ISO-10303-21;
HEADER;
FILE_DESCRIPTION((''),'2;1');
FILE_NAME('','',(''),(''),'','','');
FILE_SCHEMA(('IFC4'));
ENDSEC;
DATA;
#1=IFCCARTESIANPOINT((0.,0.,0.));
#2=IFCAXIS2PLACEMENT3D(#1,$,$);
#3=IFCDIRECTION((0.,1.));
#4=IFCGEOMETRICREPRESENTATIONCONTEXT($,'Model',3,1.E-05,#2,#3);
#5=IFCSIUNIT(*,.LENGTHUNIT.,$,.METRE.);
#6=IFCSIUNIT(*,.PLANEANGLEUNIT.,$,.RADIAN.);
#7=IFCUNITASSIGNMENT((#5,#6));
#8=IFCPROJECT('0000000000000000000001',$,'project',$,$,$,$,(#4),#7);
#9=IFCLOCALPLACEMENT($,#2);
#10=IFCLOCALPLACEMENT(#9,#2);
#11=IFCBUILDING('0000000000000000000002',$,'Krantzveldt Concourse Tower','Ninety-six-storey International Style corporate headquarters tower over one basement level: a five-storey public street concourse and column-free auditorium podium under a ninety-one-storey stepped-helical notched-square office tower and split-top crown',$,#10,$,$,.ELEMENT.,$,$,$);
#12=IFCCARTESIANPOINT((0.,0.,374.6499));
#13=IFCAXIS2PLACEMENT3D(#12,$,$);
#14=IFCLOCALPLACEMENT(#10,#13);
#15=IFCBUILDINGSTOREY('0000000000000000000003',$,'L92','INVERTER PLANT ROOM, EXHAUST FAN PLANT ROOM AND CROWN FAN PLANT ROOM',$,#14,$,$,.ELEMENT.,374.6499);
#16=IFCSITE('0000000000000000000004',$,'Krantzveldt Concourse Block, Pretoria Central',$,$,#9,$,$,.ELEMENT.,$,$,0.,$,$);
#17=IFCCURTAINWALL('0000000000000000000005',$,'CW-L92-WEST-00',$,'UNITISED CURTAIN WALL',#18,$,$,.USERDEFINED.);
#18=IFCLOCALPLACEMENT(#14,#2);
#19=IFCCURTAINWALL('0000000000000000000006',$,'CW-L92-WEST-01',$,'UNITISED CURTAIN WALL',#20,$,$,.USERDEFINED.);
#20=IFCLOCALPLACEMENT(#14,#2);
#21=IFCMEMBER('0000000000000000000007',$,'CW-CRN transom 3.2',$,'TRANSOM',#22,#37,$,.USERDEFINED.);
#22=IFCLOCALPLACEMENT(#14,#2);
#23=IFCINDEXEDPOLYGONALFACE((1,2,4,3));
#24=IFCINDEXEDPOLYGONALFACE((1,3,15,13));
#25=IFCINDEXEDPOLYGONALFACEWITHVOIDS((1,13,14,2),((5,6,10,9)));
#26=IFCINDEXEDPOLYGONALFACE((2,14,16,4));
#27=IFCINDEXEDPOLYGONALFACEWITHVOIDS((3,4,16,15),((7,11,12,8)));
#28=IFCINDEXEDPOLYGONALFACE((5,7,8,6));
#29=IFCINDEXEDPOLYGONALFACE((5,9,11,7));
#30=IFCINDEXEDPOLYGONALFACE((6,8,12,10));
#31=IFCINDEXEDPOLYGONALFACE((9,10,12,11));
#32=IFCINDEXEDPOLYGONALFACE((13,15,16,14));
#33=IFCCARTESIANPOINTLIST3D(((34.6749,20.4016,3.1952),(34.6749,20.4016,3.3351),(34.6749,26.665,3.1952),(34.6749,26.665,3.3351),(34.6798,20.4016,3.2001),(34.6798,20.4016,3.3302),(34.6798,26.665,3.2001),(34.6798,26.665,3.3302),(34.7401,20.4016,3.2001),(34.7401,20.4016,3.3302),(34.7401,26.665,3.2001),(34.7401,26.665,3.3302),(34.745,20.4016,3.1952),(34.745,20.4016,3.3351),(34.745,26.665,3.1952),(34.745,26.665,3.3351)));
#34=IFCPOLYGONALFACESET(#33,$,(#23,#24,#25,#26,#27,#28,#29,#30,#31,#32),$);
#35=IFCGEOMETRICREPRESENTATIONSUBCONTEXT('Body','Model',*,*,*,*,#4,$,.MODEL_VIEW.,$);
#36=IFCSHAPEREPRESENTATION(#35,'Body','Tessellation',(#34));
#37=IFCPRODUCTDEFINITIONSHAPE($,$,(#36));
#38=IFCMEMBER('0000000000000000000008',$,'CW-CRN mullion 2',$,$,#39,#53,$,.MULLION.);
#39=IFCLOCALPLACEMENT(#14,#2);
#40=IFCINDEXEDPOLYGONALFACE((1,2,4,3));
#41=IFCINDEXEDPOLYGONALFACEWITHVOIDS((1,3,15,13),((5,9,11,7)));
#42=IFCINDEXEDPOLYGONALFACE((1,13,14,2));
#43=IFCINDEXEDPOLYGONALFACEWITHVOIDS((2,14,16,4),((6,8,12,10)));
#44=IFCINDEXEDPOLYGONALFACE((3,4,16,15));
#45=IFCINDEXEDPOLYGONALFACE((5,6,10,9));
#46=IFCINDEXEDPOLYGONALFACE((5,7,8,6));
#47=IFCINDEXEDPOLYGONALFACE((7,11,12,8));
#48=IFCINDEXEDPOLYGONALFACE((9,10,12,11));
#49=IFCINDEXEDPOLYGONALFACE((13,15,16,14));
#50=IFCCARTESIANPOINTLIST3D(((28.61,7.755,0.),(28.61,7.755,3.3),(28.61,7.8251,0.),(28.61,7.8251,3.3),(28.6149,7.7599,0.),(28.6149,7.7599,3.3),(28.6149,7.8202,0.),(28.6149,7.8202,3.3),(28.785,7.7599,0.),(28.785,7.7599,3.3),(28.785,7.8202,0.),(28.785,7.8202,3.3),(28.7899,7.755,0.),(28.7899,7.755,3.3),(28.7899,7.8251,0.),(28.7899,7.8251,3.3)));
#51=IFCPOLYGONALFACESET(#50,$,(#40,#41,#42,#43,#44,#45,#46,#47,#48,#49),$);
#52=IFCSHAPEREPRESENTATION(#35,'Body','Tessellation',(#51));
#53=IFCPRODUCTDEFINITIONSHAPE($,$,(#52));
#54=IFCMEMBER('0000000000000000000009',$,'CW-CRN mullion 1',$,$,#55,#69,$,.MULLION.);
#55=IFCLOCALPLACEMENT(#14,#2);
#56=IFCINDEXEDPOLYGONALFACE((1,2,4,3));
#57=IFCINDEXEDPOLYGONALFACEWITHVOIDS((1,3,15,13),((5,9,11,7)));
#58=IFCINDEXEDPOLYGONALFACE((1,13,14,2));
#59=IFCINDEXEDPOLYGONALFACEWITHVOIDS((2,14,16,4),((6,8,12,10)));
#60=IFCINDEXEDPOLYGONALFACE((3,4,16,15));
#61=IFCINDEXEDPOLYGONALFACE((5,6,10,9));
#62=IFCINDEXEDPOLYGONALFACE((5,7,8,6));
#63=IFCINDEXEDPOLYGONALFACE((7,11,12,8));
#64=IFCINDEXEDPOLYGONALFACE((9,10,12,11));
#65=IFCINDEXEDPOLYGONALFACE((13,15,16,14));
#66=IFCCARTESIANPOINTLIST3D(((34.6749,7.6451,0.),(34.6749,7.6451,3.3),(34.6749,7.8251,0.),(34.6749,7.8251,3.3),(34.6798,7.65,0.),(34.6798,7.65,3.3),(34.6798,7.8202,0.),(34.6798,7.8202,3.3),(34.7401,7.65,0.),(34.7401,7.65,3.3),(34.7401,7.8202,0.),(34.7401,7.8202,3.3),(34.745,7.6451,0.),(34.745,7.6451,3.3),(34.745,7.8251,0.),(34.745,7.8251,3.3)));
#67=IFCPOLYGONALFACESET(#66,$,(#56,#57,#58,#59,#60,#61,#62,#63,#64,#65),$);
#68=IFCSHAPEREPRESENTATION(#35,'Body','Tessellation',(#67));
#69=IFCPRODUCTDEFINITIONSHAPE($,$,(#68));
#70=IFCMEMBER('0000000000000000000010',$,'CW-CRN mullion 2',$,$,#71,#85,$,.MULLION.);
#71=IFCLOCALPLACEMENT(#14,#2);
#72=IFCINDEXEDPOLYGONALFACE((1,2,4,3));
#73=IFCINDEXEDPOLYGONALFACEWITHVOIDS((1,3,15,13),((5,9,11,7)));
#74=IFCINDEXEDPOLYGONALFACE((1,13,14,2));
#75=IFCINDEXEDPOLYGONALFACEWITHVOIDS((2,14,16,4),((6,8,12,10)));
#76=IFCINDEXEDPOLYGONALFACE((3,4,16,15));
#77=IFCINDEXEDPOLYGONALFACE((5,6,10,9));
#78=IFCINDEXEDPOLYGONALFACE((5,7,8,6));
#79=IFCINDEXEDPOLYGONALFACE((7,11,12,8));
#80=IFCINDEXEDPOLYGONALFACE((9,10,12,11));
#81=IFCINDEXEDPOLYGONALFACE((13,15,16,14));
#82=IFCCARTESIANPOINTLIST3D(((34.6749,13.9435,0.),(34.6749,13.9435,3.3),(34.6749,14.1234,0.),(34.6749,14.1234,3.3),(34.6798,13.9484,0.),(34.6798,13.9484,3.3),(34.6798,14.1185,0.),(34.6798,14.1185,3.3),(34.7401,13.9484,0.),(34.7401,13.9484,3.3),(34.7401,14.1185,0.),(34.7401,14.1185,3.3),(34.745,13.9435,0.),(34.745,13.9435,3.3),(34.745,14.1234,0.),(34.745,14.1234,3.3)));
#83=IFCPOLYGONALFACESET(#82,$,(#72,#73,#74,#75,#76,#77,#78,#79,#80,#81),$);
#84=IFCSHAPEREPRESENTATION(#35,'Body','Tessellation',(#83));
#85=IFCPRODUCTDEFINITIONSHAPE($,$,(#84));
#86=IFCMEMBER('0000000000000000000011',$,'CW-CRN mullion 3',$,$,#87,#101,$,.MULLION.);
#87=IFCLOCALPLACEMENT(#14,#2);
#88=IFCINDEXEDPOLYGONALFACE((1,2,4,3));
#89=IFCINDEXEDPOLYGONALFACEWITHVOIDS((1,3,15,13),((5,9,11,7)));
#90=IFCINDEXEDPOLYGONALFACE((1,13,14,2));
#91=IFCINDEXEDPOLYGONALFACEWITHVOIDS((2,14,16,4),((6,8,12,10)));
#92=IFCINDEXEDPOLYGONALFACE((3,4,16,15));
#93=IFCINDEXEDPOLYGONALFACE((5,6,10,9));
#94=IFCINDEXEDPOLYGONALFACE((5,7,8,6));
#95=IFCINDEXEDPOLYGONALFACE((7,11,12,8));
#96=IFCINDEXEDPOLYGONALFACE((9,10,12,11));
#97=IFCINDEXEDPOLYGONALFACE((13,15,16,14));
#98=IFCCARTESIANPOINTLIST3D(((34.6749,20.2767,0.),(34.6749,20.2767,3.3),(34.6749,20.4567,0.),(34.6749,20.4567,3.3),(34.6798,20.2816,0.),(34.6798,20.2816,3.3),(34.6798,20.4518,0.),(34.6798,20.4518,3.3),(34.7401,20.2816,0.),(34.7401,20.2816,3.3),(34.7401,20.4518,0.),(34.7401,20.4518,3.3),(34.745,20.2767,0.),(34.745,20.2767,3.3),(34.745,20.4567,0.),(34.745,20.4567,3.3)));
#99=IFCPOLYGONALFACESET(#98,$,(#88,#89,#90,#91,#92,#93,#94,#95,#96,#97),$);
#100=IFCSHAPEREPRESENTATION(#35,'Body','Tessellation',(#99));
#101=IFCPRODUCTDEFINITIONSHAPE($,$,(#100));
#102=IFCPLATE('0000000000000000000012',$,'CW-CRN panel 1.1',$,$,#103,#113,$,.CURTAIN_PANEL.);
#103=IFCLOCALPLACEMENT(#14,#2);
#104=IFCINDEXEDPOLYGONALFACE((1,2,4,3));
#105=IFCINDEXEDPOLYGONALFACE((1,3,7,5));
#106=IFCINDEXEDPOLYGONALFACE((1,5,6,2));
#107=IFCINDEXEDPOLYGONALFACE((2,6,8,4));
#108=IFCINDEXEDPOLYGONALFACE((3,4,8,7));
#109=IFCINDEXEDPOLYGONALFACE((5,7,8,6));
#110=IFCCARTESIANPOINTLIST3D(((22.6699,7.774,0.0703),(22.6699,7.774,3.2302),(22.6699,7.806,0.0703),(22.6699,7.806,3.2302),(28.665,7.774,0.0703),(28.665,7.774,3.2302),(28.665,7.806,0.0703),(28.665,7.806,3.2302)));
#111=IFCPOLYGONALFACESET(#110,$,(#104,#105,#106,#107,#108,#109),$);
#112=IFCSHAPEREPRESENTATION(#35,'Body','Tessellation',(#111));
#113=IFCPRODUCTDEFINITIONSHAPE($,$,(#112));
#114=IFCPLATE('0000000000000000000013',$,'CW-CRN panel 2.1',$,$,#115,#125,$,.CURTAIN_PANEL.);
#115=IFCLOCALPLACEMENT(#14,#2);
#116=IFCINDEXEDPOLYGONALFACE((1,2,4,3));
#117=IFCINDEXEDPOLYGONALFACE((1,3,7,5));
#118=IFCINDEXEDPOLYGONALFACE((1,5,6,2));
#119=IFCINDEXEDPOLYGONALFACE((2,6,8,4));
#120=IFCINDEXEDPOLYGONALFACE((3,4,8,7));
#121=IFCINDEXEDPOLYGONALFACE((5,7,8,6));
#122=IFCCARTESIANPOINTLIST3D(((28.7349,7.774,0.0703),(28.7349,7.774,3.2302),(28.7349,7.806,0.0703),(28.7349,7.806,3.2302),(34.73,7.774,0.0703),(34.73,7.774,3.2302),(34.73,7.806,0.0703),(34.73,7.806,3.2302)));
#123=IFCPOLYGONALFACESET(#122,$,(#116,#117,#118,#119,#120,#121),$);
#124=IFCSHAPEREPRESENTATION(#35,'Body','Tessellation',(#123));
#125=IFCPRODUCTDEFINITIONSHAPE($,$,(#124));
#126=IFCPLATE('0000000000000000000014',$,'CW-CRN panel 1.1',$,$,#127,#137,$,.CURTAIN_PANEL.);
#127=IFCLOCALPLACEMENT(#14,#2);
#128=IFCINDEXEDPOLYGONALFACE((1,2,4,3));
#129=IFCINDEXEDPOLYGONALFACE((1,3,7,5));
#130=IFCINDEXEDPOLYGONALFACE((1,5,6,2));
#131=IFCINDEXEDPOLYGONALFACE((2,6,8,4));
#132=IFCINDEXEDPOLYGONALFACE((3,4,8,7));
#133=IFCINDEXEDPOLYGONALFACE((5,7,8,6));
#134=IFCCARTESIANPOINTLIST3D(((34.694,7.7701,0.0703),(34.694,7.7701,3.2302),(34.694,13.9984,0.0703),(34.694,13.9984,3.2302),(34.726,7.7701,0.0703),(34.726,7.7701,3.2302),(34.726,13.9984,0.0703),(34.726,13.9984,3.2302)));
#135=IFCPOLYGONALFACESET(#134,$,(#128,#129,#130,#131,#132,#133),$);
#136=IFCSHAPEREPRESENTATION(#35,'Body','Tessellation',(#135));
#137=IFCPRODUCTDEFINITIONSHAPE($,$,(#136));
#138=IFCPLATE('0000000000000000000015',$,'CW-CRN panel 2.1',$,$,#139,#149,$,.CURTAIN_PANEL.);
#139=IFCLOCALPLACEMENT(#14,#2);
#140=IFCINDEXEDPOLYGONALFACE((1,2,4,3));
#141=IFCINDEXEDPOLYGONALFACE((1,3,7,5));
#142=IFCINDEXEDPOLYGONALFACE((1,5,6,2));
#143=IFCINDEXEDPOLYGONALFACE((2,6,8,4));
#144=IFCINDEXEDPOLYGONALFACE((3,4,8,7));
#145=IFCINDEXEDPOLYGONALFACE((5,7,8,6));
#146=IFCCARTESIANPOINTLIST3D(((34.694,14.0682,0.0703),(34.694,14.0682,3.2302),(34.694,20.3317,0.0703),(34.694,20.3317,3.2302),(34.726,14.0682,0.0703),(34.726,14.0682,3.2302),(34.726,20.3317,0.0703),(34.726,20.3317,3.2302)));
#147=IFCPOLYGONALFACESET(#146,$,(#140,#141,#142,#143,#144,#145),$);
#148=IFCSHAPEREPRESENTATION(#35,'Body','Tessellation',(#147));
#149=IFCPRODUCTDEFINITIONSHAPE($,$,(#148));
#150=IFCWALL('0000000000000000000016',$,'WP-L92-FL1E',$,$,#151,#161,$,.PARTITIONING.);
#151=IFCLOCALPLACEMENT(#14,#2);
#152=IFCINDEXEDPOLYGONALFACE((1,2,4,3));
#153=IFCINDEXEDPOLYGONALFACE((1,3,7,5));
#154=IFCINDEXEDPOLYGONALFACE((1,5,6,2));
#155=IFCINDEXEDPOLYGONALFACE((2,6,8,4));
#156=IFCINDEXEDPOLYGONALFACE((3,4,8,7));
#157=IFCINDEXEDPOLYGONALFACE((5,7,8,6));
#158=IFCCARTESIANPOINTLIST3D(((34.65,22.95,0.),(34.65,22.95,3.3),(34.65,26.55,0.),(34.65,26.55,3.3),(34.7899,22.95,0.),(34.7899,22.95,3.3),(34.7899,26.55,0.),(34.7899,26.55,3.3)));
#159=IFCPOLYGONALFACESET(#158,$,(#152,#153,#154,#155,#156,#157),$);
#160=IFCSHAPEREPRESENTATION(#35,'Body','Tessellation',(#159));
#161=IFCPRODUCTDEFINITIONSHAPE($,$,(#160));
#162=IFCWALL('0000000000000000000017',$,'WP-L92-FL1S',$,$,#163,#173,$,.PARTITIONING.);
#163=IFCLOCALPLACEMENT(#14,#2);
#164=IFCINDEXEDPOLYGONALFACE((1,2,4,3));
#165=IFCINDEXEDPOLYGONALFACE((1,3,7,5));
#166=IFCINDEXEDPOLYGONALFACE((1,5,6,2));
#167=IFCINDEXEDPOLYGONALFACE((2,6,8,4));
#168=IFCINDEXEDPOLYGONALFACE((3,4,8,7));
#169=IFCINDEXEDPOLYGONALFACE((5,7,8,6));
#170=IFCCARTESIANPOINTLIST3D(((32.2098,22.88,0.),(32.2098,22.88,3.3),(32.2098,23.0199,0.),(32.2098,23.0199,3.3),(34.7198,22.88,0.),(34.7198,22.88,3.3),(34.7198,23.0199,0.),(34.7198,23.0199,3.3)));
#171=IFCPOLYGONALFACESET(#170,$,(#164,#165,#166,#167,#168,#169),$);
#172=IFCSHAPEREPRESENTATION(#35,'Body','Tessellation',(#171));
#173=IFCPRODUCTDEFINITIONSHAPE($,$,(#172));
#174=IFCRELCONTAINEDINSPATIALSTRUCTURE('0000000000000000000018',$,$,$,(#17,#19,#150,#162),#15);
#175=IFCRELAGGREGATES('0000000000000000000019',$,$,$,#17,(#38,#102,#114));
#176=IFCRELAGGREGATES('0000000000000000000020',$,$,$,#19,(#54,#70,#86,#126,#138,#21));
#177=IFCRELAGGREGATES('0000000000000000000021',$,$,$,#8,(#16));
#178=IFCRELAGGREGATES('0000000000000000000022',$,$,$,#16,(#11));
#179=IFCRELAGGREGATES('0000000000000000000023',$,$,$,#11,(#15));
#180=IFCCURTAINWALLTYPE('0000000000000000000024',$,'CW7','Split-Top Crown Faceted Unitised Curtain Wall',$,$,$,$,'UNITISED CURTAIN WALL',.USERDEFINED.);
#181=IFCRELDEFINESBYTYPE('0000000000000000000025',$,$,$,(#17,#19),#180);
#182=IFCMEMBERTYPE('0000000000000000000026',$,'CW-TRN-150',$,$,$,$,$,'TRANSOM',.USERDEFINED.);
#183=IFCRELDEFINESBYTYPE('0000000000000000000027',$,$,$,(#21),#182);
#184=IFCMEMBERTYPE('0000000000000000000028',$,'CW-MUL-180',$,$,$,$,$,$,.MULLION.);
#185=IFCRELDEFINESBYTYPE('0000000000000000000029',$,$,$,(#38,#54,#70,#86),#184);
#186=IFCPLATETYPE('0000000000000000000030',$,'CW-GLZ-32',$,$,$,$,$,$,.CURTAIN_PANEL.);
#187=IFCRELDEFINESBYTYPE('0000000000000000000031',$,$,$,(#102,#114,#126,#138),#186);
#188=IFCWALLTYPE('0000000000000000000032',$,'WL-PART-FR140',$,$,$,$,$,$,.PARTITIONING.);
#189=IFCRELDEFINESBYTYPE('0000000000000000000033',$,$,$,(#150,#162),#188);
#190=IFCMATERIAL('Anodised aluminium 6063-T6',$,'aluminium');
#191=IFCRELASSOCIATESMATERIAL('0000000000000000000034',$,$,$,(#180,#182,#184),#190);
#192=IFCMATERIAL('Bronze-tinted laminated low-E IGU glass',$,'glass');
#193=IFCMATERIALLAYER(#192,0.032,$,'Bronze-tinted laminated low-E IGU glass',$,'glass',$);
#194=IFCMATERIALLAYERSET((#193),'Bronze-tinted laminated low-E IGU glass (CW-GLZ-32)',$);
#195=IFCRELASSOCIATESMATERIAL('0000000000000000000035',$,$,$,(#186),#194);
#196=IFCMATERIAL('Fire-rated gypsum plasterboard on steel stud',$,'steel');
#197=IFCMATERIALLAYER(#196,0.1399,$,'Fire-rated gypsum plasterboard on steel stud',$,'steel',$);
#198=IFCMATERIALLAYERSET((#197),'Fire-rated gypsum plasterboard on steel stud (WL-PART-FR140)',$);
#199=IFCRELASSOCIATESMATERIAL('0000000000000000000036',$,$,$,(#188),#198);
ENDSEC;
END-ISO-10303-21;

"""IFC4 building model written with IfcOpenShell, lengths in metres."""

from ifc_helpers import new_model, si_unit, direction, frame, frame_2d, origin, origin_2d, place, context, subcontext, project, spatial, rectangle, hollow_rectangle, extrude, source, transform, mapped, material, layer, layer_set, material_profile, profile_set, type_object, type_shapes, element, aggregate, save


model = new_model("IFC4")

# Units and contexts
model_context = context("Model", 3, precision=1e-05, world=origin(), true_north=direction((0.0, 1.0)))
body_context = subcontext(model_context, "Body", "Model", "MODEL_VIEW")
ifc_project = project(units=[si_unit("LENGTHUNIT", "METRE"), si_unit("PLANEANGLEUNIT", "RADIAN")], contexts=[model_context])

# Site, building, storey
site_placement = place(None, origin())
site = spatial("IfcSite", under=ifc_project, at=site_placement, Name="Krantzveldt Concourse Block, Pretoria Central", CompositionType="ELEMENT", RefElevation=0.0)
building_placement = place(site_placement, origin())
building = spatial("IfcBuilding", under=site, at=building_placement, Name="Krantzveldt Concourse Tower", Description="Ninety-six-storey International Style corporate headquarters tower over one basement level: a five-storey public street concourse and column-free auditorium podium under a ninety-one-storey stepped-helical notched-square office tower and split-top crown", CompositionType="ELEMENT")
storey_placement = place(building_placement, frame((0.0, 0.0, 374.6499)))
storey = spatial("IfcBuildingStorey", under=building, at=storey_placement, Name="L92", Description="INVERTER PLANT ROOM, EXHAUST FAN PLANT ROOM AND CROWN FAN PLANT ROOM", CompositionType="ELEMENT", Elevation=374.6499)

# Curtain walls, member
ifc_material_1 = material(Name="Anodised aluminium 6063-T6", Category="aluminium")
curtain_wall_type = type_object("IfcCurtainWallType", Name="CW7", Description="Split-Top Crown Faceted Unitised Curtain Wall", ElementType="UNITISED CURTAIN WALL", PredefinedType="USERDEFINED", material=ifc_material_1)
curtain_wall_1_placement = place(storey_placement, origin())
curtain_wall_1 = element("IfcCurtainWall", 1, at=curtain_wall_1_placement, inside=storey, type_object=curtain_wall_type, Name="CW-L92-WEST-00", ObjectType="UNITISED CURTAIN WALL", PredefinedType="USERDEFINED")
ifc_material_profile_1 = material_profile(ifc_material_1, hollow_rectangle(XDim=0.0701, YDim=0.1399, WallThickness=0.0049, at=origin_2d()), Name="Anodised aluminium 6063-T6", Category="aluminium")
ifc_profile_set_1 = profile_set([ifc_material_profile_1], Name="Anodised aluminium 6063-T6 - ALU-TRAN 140x70x5")
member_type_1 = type_object("IfcMemberType", Name="CW-TRN-150", ElementType="TRANSOM", PredefinedType="USERDEFINED", material=ifc_profile_set_1)
curtain_wall_2_placement = place(storey_placement, origin())
curtain_wall_2 = element("IfcCurtainWall", 2, at=curtain_wall_2_placement, inside=storey, type_object=curtain_wall_type, Name="CW-L92-WEST-01", ObjectType="UNITISED CURTAIN WALL", PredefinedType="USERDEFINED")
shared_shape_1 = source(origin(), body_context, "Body", "SweptSolid", [
    extrude(hollow_rectangle(XDim=0.0701, YDim=0.1399, WallThickness=0.0049, at=origin_2d()), origin(), (0.0, 0.0, 1.0), 6.2634),
])
member_1_placement = place(storey_placement, frame((34.71, 20.4016, 3.2651), z_axis=(0.0, 1.0, 0.0), x_axis=(-1.0, 0.0, 0.0)))
member_1 = element("IfcMember", 3, at=member_1_placement, type_object=member_type_1, Name="CW-CRN transom 3.2", ObjectType="TRANSOM", PredefinedType="USERDEFINED", context=body_context, shape_type="MappedRepresentation", body=[
    mapped(shared_shape_1, transform((0.0, 0.0, 0.0), x_axis=(1.0, 0.0, 0.0), y_axis=(0.0, 1.0, 0.0), z_axis=(0.0, 0.0, 1.0), scale=1.0)),
])

# Members
ifc_material_profile_2 = material_profile(ifc_material_1, hollow_rectangle(XDim=0.0701, YDim=0.1799, WallThickness=0.0049, at=origin_2d()), Name="Anodised aluminium 6063-T6", Category="aluminium")
ifc_profile_set_2 = profile_set([ifc_material_profile_2], Name="Anodised aluminium 6063-T6 - ALU-MULL 180x70x5")
member_type_2 = type_object("IfcMemberType", Name="CW-MUL-180", PredefinedType="MULLION", material=ifc_profile_set_2)
shared_shape_2 = source(origin(), body_context, "Body", "SweptSolid", [
    extrude(hollow_rectangle(XDim=0.0701, YDim=0.1799, WallThickness=0.0049, at=origin_2d()), origin(), (0.0, 0.0, 1.0), 3.3),
])
type_shapes(member_type_2, [shared_shape_2])
member_2_placement = place(storey_placement, frame((28.7, 7.79, 0.0), z_axis=(0.0, 0.0, 1.0), x_axis=(0.0, 1.0, 0.0)))
member_2 = element("IfcMember", 4, at=member_2_placement, type_object=member_type_2, Name="CW-CRN mullion 2", PredefinedType="MULLION", context=body_context, shape_type="MappedRepresentation", body=[
    mapped(shared_shape_2, transform((0.0, 0.0, 0.0), x_axis=(1.0, 0.0, 0.0), y_axis=(0.0, 1.0, 0.0), z_axis=(0.0, 0.0, 1.0), scale=1.0)),
])
member_3_placement = place(storey_placement, frame((34.71, 7.7351, 0.0), z_axis=(0.0, 0.0, 1.0), x_axis=(-1.0, 0.0, 0.0)))
member_3 = element("IfcMember", 5, at=member_3_placement, type_object=member_type_2, Name="CW-CRN mullion 1", PredefinedType="MULLION", context=body_context, shape_type="MappedRepresentation", body=[
    mapped(shared_shape_2, transform((0.0, 0.0, 0.0), x_axis=(1.0, 0.0, 0.0), y_axis=(0.0, 1.0, 0.0), z_axis=(0.0, 0.0, 1.0), scale=1.0)),
])
member_4_placement = place(storey_placement, frame((34.71, 14.0334, 0.0), z_axis=(0.0, 0.0, 1.0), x_axis=(-1.0, 0.0, 0.0)))
member_4 = element("IfcMember", 6, at=member_4_placement, type_object=member_type_2, Name="CW-CRN mullion 2", PredefinedType="MULLION", context=body_context, shape_type="MappedRepresentation", body=[
    mapped(shared_shape_2, transform((0.0, 0.0, 0.0), x_axis=(1.0, 0.0, 0.0), y_axis=(0.0, 1.0, 0.0), z_axis=(0.0, 0.0, 1.0), scale=1.0)),
])
member_5_placement = place(storey_placement, frame((34.71, 20.3667, 0.0), z_axis=(0.0, 0.0, 1.0), x_axis=(-1.0, 0.0, 0.0)))
member_5 = element("IfcMember", 7, at=member_5_placement, type_object=member_type_2, Name="CW-CRN mullion 3", PredefinedType="MULLION", context=body_context, shape_type="MappedRepresentation", body=[
    mapped(shared_shape_2, transform((0.0, 0.0, 0.0), x_axis=(1.0, 0.0, 0.0), y_axis=(0.0, 1.0, 0.0), z_axis=(0.0, 0.0, 1.0), scale=1.0)),
])

# Plates
ifc_material_2 = material(Name="Bronze-tinted laminated low-E IGU glass", Category="glass")
ifc_layer_1 = layer(ifc_material_2, 0.032, Name="Bronze-tinted laminated low-E IGU glass", Category="glass")
ifc_layer_set_1 = layer_set([ifc_layer_1], Name="Bronze-tinted laminated low-E IGU glass (CW-GLZ-32)")
plate_type = type_object("IfcPlateType", Name="CW-GLZ-32", PredefinedType="CURTAIN_PANEL", material=ifc_layer_set_1)
shared_shape_3 = source(origin(), body_context, "Body", "SweptSolid", [
    extrude(rectangle(XDim=5.9951, YDim=0.032, at=origin_2d()), origin(), (0.0, 0.0, 1.0), 3.1599),
])
plate_1_placement = place(storey_placement, frame((25.6675, 7.79, 0.0703), z_axis=(0.0, 0.0, 1.0), x_axis=(1.0, 0.0, 0.0)))
plate_1 = element("IfcPlate", 8, at=plate_1_placement, type_object=plate_type, Name="CW-CRN panel 1.1", PredefinedType="CURTAIN_PANEL", context=body_context, shape_type="MappedRepresentation", body=[
    mapped(shared_shape_3, transform((0.0, 0.0, 0.0), x_axis=(1.0, 0.0, 0.0), y_axis=(0.0, 1.0, 0.0), z_axis=(0.0, 0.0, 1.0), scale=1.0)),
])
plate_2_placement = place(storey_placement, frame((31.7324, 7.79, 0.0703), z_axis=(0.0, 0.0, 1.0), x_axis=(1.0, 0.0, 0.0)))
plate_2 = element("IfcPlate", 9, at=plate_2_placement, type_object=plate_type, Name="CW-CRN panel 2.1", PredefinedType="CURTAIN_PANEL", context=body_context, shape_type="MappedRepresentation", body=[
    mapped(shared_shape_3, transform((0.0, 0.0, 0.0), x_axis=(1.0, 0.0, 0.0), y_axis=(0.0, 1.0, 0.0), z_axis=(0.0, 0.0, 1.0), scale=1.0)),
])
aggregate(curtain_wall_1, [member_2, plate_1, plate_2])
shared_shape_4 = source(origin(), body_context, "Body", "SweptSolid", [
    extrude(rectangle(XDim=6.2283, YDim=0.032, at=origin_2d()), origin(), (0.0, 0.0, 1.0), 3.1599),
])
plate_3_placement = place(storey_placement, frame((34.71, 10.8843, 0.0703), z_axis=(0.0, 0.0, 1.0), x_axis=(0.0, 1.0, 0.0)))
plate_3 = element("IfcPlate", 10, at=plate_3_placement, type_object=plate_type, Name="CW-CRN panel 1.1", PredefinedType="CURTAIN_PANEL", context=body_context, shape_type="MappedRepresentation", body=[
    mapped(shared_shape_4, transform((0.0, 0.0, 0.0), x_axis=(1.0, 0.0, 0.0), y_axis=(0.0, 1.0, 0.0), z_axis=(0.0, 0.0, 1.0), scale=1.0)),
])
shared_shape_5 = source(origin(), body_context, "Body", "SweptSolid", [
    extrude(rectangle(XDim=6.2634, YDim=0.032, at=origin_2d()), origin(), (0.0, 0.0, 1.0), 3.1599),
])
type_shapes(plate_type, [shared_shape_3, shared_shape_4, shared_shape_5])
plate_4_placement = place(storey_placement, frame((34.71, 17.2, 0.0703), z_axis=(0.0, 0.0, 1.0), x_axis=(0.0, 1.0, 0.0)))
plate_4 = element("IfcPlate", 11, at=plate_4_placement, type_object=plate_type, Name="CW-CRN panel 2.1", PredefinedType="CURTAIN_PANEL", context=body_context, shape_type="MappedRepresentation", body=[
    mapped(shared_shape_5, transform((0.0, 0.0, 0.0), x_axis=(1.0, 0.0, 0.0), y_axis=(0.0, 1.0, 0.0), z_axis=(0.0, 0.0, 1.0), scale=1.0)),
])
aggregate(curtain_wall_2, [member_3, member_4, member_5, plate_3, plate_4, member_1])

# Walls
ifc_material_3 = material(Name="Fire-rated gypsum plasterboard on steel stud", Category="steel")
ifc_layer_2 = layer(ifc_material_3, 0.1399, Name="Fire-rated gypsum plasterboard on steel stud", Category="steel")
ifc_layer_set_2 = layer_set([ifc_layer_2], Name="Fire-rated gypsum plasterboard on steel stud (WL-PART-FR140)")
wall_type_1 = type_object("IfcWallType", Name="WL-PART-FR140", PredefinedType="PARTITIONING", material=ifc_layer_set_2)
wall_1_placement = place(storey_placement, frame((34.72, 22.95, 0.0), z_axis=(0.0, 0.0, 1.0), x_axis=(0.0, 1.0, 0.0)))
element("IfcWall", 12, at=wall_1_placement, inside=storey, type_object=wall_type_1, Name="WP-L92-FL1E", PredefinedType="PARTITIONING", context=body_context, shape_type="SweptSolid", body=[
    extrude(rectangle(XDim=3.6001, YDim=0.1399, at=frame_2d((1.8, 0.0))), origin(), (0.0, 0.0, 1.0), 3.3),
])
wall_2_placement = place(storey_placement, frame((32.21, 22.95, 0.0), z_axis=(0.0, 0.0, 1.0), x_axis=(1.0, 0.0, 0.0)))
element("IfcWall", 13, at=wall_2_placement, inside=storey, type_object=wall_type_1, Name="WP-L92-FL1S", PredefinedType="PARTITIONING", context=body_context, shape_type="SweptSolid", body=[
    extrude(rectangle(XDim=2.51, YDim=0.1399, at=frame_2d((1.2549, 0.0))), origin(), (0.0, 0.0, 1.0), 3.3),
])

save(model, "model.ifc")
